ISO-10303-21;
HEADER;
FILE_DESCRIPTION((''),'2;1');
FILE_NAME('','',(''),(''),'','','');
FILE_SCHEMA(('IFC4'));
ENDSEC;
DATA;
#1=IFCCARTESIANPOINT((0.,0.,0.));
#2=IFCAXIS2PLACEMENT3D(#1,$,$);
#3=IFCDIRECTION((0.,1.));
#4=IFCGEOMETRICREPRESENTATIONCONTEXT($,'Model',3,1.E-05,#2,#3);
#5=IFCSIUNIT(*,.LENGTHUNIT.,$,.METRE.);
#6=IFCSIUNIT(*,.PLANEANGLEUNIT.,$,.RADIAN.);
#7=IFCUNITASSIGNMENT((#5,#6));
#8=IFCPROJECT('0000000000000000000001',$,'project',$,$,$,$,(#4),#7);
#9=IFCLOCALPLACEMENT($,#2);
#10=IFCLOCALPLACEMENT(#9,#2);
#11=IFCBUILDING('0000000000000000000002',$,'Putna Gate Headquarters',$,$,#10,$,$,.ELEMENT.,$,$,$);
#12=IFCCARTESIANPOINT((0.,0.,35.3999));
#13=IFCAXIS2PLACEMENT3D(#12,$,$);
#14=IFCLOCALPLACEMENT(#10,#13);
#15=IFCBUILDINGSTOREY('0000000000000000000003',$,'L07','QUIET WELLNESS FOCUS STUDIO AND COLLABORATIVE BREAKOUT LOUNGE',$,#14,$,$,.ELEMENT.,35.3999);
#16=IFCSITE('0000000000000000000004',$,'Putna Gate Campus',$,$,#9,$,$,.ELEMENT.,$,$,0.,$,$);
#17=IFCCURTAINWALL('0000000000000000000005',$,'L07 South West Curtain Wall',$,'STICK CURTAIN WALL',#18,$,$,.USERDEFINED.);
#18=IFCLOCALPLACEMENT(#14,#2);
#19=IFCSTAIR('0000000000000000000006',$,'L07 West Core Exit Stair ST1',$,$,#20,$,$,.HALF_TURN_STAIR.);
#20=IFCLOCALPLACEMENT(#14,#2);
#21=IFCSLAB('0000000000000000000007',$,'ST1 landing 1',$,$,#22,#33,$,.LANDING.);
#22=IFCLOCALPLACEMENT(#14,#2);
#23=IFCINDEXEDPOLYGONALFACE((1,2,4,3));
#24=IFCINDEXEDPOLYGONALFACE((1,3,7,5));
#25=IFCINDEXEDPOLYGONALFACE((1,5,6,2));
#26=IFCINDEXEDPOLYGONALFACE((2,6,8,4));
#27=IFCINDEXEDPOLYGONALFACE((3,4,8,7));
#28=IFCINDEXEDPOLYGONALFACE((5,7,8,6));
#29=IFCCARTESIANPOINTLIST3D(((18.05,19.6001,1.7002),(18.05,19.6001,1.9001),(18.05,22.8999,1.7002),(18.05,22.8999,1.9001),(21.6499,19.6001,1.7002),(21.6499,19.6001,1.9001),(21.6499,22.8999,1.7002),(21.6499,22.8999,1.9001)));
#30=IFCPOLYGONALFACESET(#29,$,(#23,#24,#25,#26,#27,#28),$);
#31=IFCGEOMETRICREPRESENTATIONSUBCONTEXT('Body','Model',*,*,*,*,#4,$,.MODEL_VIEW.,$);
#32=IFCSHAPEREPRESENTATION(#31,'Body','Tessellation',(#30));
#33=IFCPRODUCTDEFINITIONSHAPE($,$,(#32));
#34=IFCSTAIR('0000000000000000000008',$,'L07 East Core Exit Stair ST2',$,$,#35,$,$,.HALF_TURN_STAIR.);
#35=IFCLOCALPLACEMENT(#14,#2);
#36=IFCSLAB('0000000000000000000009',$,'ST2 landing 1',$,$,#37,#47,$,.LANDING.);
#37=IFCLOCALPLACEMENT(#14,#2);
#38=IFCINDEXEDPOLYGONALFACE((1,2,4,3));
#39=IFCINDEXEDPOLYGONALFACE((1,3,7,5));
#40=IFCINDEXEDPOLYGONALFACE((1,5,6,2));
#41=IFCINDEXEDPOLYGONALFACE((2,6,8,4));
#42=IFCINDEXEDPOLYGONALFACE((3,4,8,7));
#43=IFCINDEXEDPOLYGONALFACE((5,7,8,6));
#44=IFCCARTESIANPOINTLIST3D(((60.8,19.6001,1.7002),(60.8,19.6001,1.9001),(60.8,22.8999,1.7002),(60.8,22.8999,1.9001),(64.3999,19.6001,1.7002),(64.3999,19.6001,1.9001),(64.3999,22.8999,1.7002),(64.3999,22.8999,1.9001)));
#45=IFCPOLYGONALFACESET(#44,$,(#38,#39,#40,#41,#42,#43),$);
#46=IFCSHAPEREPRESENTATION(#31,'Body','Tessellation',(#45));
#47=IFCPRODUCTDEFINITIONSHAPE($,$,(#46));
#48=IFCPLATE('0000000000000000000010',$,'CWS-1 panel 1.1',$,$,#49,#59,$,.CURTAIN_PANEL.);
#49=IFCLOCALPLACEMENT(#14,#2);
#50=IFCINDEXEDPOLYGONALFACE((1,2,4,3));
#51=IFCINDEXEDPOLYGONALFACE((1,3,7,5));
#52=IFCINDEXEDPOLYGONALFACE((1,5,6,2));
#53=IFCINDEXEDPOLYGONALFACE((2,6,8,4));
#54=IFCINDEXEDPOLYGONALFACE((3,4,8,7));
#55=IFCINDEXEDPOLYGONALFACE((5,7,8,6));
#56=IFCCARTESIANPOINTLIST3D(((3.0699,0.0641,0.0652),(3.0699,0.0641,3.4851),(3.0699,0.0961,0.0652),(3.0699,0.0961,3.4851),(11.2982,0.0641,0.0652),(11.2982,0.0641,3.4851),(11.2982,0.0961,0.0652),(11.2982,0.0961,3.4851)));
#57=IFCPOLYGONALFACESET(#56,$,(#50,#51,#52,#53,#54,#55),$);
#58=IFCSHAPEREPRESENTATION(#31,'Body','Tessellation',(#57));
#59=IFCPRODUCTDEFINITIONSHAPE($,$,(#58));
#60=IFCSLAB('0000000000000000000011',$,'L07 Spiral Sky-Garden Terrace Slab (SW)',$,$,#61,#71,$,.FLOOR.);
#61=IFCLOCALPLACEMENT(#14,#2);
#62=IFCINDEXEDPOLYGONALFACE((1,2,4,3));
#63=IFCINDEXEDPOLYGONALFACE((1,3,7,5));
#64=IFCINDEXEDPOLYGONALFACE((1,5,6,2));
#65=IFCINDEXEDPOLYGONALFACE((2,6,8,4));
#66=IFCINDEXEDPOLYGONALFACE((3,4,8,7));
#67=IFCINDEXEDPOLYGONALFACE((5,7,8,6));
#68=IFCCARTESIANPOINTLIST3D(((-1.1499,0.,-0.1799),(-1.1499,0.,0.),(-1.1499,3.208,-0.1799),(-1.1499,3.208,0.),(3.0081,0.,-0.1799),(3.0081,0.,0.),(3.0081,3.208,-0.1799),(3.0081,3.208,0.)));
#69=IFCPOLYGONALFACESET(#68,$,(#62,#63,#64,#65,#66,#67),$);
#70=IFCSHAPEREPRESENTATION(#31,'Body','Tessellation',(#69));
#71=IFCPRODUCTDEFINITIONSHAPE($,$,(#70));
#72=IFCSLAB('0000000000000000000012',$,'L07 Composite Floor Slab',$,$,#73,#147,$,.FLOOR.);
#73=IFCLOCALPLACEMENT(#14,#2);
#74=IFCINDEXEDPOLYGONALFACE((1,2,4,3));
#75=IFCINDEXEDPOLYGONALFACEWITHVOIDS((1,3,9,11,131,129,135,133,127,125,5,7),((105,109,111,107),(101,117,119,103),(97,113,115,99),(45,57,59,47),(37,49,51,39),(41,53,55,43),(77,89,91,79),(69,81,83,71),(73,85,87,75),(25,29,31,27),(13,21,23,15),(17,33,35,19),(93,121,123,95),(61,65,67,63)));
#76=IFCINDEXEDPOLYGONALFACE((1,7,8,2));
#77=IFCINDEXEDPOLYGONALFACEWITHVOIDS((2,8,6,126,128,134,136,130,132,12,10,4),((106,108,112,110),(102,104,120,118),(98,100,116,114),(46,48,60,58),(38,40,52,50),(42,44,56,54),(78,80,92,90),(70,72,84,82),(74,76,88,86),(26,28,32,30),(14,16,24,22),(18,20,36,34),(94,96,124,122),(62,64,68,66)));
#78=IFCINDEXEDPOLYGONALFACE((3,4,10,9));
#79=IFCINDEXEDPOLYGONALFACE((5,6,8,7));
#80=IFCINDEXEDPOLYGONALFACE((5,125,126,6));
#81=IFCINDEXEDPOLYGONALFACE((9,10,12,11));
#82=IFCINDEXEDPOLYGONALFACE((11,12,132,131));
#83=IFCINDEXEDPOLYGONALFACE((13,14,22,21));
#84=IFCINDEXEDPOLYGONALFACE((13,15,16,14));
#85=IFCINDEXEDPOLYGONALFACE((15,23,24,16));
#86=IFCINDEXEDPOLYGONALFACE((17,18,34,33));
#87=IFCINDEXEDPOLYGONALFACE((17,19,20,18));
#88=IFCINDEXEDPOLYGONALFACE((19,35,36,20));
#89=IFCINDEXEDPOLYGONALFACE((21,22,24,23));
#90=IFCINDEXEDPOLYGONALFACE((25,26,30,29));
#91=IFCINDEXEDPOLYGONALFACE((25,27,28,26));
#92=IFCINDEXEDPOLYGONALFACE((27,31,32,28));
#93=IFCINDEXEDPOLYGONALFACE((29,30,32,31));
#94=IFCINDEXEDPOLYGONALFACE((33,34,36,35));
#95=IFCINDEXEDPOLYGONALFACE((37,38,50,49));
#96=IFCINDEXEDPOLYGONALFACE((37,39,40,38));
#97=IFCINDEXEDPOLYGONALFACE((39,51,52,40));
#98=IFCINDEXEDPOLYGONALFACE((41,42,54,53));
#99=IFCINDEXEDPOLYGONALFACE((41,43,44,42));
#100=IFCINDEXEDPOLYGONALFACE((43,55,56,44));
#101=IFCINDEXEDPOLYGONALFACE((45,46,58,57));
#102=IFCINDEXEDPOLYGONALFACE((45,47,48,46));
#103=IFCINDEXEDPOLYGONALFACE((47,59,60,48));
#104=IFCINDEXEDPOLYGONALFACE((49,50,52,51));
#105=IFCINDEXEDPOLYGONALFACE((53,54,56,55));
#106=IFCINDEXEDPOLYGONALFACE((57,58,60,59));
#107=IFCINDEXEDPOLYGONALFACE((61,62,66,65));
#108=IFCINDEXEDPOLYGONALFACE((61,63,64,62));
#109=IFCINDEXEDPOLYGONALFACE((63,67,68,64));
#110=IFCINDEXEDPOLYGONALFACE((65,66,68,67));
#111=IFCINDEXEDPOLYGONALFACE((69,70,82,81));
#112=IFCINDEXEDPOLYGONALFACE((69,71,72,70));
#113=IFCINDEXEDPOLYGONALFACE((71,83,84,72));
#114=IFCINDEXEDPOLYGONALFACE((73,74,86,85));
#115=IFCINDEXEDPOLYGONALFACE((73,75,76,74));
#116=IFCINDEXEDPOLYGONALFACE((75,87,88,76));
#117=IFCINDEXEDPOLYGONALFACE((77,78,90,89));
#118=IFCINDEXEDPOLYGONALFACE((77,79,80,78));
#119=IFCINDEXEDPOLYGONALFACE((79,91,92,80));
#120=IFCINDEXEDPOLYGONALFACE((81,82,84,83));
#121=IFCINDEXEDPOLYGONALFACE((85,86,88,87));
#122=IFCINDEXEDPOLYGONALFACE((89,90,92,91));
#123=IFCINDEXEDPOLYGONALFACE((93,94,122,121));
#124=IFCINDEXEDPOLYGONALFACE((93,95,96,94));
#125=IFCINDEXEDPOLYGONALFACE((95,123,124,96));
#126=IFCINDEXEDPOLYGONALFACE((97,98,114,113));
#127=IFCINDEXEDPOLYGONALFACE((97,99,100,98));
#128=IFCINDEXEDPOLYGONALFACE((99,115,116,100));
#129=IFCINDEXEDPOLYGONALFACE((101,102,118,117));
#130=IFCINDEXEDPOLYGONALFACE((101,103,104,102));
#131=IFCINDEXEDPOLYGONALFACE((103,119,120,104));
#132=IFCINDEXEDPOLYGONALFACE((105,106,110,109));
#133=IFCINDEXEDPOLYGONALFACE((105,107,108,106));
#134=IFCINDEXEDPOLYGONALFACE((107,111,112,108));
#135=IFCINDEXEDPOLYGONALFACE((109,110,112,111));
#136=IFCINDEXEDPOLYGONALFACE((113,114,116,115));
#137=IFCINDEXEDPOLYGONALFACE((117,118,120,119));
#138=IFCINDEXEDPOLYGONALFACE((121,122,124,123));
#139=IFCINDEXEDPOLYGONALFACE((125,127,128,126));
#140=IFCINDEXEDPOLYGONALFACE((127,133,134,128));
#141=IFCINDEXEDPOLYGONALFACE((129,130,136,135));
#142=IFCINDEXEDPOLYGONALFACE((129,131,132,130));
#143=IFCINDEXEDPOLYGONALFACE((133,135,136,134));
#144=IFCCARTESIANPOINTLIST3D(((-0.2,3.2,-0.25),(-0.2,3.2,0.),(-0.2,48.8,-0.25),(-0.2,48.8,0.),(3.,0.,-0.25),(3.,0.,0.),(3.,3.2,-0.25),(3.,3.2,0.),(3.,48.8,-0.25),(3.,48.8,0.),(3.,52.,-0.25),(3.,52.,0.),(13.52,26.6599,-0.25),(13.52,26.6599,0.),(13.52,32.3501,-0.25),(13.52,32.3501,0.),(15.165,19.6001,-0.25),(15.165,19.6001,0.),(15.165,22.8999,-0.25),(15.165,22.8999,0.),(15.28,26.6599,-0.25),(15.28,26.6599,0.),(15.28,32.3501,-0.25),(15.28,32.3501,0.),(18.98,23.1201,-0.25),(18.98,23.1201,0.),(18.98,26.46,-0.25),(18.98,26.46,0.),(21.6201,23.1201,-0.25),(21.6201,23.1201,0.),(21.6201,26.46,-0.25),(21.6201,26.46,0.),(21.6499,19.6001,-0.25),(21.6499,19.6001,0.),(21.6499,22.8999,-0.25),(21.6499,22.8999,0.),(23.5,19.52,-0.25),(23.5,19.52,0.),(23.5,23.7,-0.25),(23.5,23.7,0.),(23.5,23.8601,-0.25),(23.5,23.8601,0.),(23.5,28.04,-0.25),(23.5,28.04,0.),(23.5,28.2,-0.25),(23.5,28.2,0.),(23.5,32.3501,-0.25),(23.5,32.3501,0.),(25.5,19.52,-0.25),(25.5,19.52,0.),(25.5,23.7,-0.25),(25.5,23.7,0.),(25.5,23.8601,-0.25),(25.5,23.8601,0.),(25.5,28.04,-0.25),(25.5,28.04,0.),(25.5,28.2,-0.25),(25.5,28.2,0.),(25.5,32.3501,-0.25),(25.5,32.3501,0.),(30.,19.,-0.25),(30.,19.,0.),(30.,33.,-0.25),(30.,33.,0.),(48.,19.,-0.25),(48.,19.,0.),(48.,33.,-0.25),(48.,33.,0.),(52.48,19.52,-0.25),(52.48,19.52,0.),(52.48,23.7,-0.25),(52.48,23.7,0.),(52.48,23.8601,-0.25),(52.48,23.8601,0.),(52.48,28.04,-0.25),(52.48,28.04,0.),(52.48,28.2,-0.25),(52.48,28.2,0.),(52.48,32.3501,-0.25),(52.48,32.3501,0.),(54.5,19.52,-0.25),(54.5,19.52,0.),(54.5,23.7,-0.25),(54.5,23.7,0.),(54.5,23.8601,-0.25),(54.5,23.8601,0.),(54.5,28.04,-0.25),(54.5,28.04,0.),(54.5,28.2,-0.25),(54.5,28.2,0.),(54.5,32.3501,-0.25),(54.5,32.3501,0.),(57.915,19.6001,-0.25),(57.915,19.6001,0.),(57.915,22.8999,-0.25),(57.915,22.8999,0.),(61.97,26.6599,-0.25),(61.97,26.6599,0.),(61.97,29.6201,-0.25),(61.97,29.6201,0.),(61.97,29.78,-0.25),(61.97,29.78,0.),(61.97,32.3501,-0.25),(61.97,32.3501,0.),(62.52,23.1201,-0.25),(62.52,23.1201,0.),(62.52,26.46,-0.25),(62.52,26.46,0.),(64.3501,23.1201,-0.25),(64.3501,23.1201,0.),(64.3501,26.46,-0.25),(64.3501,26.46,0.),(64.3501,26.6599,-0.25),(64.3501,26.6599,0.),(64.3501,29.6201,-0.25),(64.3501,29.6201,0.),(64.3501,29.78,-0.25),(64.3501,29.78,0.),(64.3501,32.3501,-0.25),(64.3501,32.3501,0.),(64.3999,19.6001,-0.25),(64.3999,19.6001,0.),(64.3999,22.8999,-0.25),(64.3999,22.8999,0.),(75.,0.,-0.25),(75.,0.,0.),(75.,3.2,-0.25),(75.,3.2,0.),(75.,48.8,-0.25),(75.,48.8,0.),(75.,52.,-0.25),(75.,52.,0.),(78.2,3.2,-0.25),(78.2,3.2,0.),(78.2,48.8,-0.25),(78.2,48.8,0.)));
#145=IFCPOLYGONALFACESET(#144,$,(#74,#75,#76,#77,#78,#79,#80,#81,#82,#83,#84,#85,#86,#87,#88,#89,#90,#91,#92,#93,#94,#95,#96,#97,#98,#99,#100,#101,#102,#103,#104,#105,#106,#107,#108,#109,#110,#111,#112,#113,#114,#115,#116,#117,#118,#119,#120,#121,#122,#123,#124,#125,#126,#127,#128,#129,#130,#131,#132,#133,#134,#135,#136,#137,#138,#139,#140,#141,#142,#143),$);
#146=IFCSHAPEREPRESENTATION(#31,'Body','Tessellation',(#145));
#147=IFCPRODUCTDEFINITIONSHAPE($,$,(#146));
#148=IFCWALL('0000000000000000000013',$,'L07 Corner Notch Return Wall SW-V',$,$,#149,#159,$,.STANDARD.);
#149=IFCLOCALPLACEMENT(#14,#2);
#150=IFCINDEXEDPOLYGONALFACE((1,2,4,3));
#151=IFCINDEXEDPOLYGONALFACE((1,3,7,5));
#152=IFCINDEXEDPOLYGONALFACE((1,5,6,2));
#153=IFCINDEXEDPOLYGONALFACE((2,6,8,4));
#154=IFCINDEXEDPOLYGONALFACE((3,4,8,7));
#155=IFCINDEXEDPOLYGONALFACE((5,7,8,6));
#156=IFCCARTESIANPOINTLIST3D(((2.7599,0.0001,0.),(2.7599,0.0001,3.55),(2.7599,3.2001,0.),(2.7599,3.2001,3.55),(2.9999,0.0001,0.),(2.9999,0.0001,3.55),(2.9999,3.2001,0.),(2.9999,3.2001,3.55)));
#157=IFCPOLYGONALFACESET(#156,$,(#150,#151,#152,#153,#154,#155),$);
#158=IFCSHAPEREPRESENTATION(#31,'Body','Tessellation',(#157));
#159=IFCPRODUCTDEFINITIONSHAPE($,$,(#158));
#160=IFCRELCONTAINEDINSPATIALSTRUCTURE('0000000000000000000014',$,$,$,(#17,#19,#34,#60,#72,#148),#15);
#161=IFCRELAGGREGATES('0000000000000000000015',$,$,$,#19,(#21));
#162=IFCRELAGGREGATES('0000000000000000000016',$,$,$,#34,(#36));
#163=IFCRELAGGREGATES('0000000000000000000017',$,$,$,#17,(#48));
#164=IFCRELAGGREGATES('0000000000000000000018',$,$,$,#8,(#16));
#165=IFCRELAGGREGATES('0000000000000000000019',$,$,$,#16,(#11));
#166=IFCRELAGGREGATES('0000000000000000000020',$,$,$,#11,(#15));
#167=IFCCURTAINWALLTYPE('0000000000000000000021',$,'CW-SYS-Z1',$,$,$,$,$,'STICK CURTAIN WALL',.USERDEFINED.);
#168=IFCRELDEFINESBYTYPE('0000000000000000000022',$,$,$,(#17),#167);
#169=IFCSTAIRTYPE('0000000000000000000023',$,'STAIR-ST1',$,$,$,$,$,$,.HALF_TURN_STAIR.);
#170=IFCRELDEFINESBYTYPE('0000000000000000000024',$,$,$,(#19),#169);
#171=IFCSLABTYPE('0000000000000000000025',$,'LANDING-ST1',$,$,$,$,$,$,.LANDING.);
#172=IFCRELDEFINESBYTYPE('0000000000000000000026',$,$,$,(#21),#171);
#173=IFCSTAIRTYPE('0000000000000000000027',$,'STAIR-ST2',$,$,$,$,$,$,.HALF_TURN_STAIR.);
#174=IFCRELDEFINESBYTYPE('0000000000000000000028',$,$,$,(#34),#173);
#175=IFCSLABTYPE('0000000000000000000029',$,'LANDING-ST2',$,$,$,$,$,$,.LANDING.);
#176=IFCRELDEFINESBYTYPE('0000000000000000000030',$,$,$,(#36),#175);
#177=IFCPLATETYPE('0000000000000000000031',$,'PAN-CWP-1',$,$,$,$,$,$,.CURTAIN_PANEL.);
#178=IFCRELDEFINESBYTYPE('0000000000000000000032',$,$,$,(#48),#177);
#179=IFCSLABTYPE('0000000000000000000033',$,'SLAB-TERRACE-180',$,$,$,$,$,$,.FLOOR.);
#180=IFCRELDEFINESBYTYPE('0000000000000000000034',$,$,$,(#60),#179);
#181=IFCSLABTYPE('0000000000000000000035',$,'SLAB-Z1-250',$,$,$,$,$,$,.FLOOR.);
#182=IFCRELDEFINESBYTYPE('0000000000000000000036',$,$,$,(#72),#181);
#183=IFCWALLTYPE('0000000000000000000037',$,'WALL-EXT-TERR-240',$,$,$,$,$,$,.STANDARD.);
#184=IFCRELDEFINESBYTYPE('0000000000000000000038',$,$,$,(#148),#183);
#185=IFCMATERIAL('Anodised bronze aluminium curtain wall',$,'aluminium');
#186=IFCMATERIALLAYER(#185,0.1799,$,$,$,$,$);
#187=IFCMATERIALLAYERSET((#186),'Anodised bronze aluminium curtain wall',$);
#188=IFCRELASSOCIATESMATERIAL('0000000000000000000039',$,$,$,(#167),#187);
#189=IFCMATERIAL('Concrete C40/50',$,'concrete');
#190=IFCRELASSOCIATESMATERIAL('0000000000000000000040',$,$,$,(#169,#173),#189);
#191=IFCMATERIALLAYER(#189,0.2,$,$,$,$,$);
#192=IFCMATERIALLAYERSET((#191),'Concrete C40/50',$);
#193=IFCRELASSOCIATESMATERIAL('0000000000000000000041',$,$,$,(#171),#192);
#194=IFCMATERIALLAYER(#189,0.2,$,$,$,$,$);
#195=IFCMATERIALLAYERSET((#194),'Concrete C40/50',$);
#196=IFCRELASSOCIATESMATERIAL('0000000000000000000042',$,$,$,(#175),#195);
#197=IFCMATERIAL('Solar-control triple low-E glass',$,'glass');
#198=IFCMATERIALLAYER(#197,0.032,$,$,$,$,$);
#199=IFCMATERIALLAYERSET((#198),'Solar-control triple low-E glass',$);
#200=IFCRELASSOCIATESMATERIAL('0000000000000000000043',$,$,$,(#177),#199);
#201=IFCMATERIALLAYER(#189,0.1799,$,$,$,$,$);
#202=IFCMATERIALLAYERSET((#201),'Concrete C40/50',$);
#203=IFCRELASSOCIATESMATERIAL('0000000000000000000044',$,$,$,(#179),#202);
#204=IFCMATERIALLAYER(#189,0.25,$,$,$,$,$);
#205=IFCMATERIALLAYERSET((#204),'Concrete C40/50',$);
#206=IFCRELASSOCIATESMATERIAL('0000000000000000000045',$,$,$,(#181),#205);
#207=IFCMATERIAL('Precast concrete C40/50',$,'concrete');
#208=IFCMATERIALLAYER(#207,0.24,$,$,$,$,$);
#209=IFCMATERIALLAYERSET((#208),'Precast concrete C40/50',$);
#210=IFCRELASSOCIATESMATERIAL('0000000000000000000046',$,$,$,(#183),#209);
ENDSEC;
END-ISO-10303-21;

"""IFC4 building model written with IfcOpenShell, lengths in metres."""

from ifc_helpers import new_model, si_unit, direction, frame, frame_2d, origin, origin_2d, place, context, subcontext, project, spatial, polyline, rectangle, outline, extrude, material, layer, layer_set, type_object, element, aggregate, save


model = new_model("IFC4")

# Units and contexts
model_context = context("Model", 3, precision=1e-05, world=origin(), true_north=direction((0.0, 1.0)))
body_context = subcontext(model_context, "Body", "Model", "MODEL_VIEW")
ifc_project = project(units=[si_unit("LENGTHUNIT", "METRE"), si_unit("PLANEANGLEUNIT", "RADIAN")], contexts=[model_context])

# Site, building, storey
site_placement = place(None, origin())
site = spatial("IfcSite", under=ifc_project, at=site_placement, Name="Putna Gate Campus", CompositionType="ELEMENT", RefElevation=0.0)
building_placement = place(site_placement, origin())
building = spatial("IfcBuilding", under=site, at=building_placement, Name="Putna Gate Headquarters", CompositionType="ELEMENT")
storey_placement = place(building_placement, frame((0.0, 0.0, 35.3999)))
storey = spatial("IfcBuildingStorey", under=building, at=storey_placement, Name="L07", Description="QUIET WELLNESS FOCUS STUDIO AND COLLABORATIVE BREAKOUT LOUNGE", CompositionType="ELEMENT", Elevation=35.3999)

# Curtain wall
ifc_material_1 = material(Name="Anodised bronze aluminium curtain wall", Category="aluminium")
ifc_layer_1 = layer(ifc_material_1, 0.1799)
ifc_layer_set_1 = layer_set([ifc_layer_1], Name="Anodised bronze aluminium curtain wall")
curtain_wall_type = type_object("IfcCurtainWallType", Name="CW-SYS-Z1", ElementType="STICK CURTAIN WALL", PredefinedType="USERDEFINED", material=ifc_layer_set_1)
curtain_wall_1_placement = place(storey_placement, origin())
curtain_wall_1 = element("IfcCurtainWall", 1, at=curtain_wall_1_placement, inside=storey, type_object=curtain_wall_type, Name="L07 South West Curtain Wall", ObjectType="STICK CURTAIN WALL", PredefinedType="USERDEFINED")

# Stairs, slabs
ifc_material_2 = material(Name="Concrete C40/50", Category="concrete")
stair_type_1 = type_object("IfcStairType", Name="STAIR-ST1", PredefinedType="HALF_TURN_STAIR", material=ifc_material_2)
stair_1_placement = place(storey_placement, origin())
stair_1 = element("IfcStair", 2, at=stair_1_placement, inside=storey, type_object=stair_type_1, Name="L07 West Core Exit Stair ST1", PredefinedType="HALF_TURN_STAIR")
ifc_layer_2 = layer(ifc_material_2, 0.2)
ifc_layer_set_2 = layer_set([ifc_layer_2], Name="Concrete C40/50")
slab_type_1 = type_object("IfcSlabType", Name="LANDING-ST1", PredefinedType="LANDING", material=ifc_layer_set_2)
slab_1_placement = place(storey_placement, frame((0.0, 0.0, 1.7002)))
slab_1 = element("IfcSlab", 3, at=slab_1_placement, type_object=slab_type_1, Name="ST1 landing 1", PredefinedType="LANDING", context=body_context, shape_type="SweptSolid", body=[
    extrude(outline(polyline([(18.05, 19.6001), (21.6499, 19.6001), (21.6499, 22.8999), (18.05, 22.8999), (18.05, 19.6001)])), origin(), (0.0, 0.0, 1.0), 0.2),
])
aggregate(stair_1, [slab_1])
stair_type_2 = type_object("IfcStairType", Name="STAIR-ST2", PredefinedType="HALF_TURN_STAIR", material=ifc_material_2)
stair_2_placement = place(storey_placement, origin())
stair_2 = element("IfcStair", 4, at=stair_2_placement, inside=storey, type_object=stair_type_2, Name="L07 East Core Exit Stair ST2", PredefinedType="HALF_TURN_STAIR")
ifc_layer_3 = layer(ifc_material_2, 0.2)
ifc_layer_set_3 = layer_set([ifc_layer_3], Name="Concrete C40/50")
slab_type_2 = type_object("IfcSlabType", Name="LANDING-ST2", PredefinedType="LANDING", material=ifc_layer_set_3)
slab_2_placement = place(storey_placement, frame((0.0, 0.0, 1.7002)))
slab_2 = element("IfcSlab", 5, at=slab_2_placement, type_object=slab_type_2, Name="ST2 landing 1", PredefinedType="LANDING", context=body_context, shape_type="SweptSolid", body=[
    extrude(outline(polyline([(60.8, 19.6001), (64.3999, 19.6001), (64.3999, 22.8999), (60.8, 22.8999), (60.8, 19.6001)])), origin(), (0.0, 0.0, 1.0), 0.2),
])
aggregate(stair_2, [slab_2])

# Plate
ifc_material_3 = material(Name="Solar-control triple low-E glass", Category="glass")
ifc_layer_4 = layer(ifc_material_3, 0.032)
ifc_layer_set_4 = layer_set([ifc_layer_4], Name="Solar-control triple low-E glass")
plate_type = type_object("IfcPlateType", Name="PAN-CWP-1", PredefinedType="CURTAIN_PANEL", material=ifc_layer_set_4)
plate_placement = place(storey_placement, frame((7.1841, 0.0801, 0.0652), z_axis=(0.0, 0.0, 1.0), x_axis=(1.0, 0.0, 0.0)))
plate = element("IfcPlate", 6, at=plate_placement, type_object=plate_type, Name="CWS-1 panel 1.1", PredefinedType="CURTAIN_PANEL", context=body_context, shape_type="SweptSolid", body=[
    extrude(rectangle(XDim=8.2283, YDim=0.032, at=origin_2d()), origin(), (0.0, 0.0, 1.0), 3.4199),
])
aggregate(curtain_wall_1, [plate])

# Slabs
ifc_layer_5 = layer(ifc_material_2, 0.1799)
ifc_layer_set_5 = layer_set([ifc_layer_5], Name="Concrete C40/50")
slab_type_3 = type_object("IfcSlabType", Name="SLAB-TERRACE-180", PredefinedType="FLOOR", material=ifc_layer_set_5)
slab_3_placement = place(storey_placement, frame((0.0, 0.0, -0.1799)))
element("IfcSlab", 7, at=slab_3_placement, inside=storey, type_object=slab_type_3, Name="L07 Spiral Sky-Garden Terrace Slab (SW)", PredefinedType="FLOOR", context=body_context, shape_type="SweptSolid", body=[
    extrude(outline(polyline([(-1.1499, 0.0), (3.0081, 0.0), (3.0081, 3.208), (-1.1499, 3.208), (-1.1499, 0.0)])), origin(), (0.0, 0.0, 1.0), 0.1799),
])
ifc_layer_6 = layer(ifc_material_2, 0.25)
ifc_layer_set_6 = layer_set([ifc_layer_6], Name="Concrete C40/50")
slab_type_4 = type_object("IfcSlabType", Name="SLAB-Z1-250", PredefinedType="FLOOR", material=ifc_layer_set_6)
slab_4_placement = place(storey_placement, frame((0.0, 0.0, -0.25)))
element("IfcSlab", 8, at=slab_4_placement, inside=storey, type_object=slab_type_4, Name="L07 Composite Floor Slab", PredefinedType="FLOOR", context=body_context, shape_type="SweptSolid", body=[
    extrude(outline(polyline([(3.0, 0.0), (75.0, 0.0), (75.0, 3.2), (78.2, 3.2), (78.2, 48.8), (75.0, 48.8), (75.0, 52.0), (3.0, 52.0), (3.0, 48.8), (-0.2, 48.8), (-0.2, 3.2), (3.0, 3.2), (3.0, 0.0)]), holes=[polyline([(15.165, 19.6001), (21.6499, 19.6001), (21.6499, 22.8999), (15.165, 22.8999), (15.165, 19.6001)]), polyline([(57.915, 19.6001), (64.3999, 19.6001), (64.3999, 22.8999), (57.915, 22.8999), (57.915, 19.6001)]), polyline([(13.52, 26.6599), (15.28, 26.6599), (15.28, 32.3501), (13.52, 32.3501), (13.52, 26.6599)]), polyline([(61.97, 29.78), (64.3501, 29.78), (64.3501, 32.3501), (61.97, 32.3501), (61.97, 29.78)]), polyline([(18.98, 23.1201), (21.6201, 23.1201), (21.6201, 26.46), (18.98, 26.46), (18.98, 23.1201)]), polyline([(62.52, 23.1201), (64.3501, 23.1201), (64.3501, 26.46), (62.52, 26.46), (62.52, 23.1201)]), polyline([(61.97, 26.6599), (64.3501, 26.6599), (64.3501, 29.6201), (61.97, 29.6201), (61.97, 26.6599)]), polyline([(23.5, 19.52), (25.5, 19.52), (25.5, 23.7), (23.5, 23.7), (23.5, 19.52)]), polyline([(52.48, 19.52), (54.5, 19.52), (54.5, 23.7), (52.48, 23.7), (52.48, 19.52)]), polyline([(23.5, 23.8601), (25.5, 23.8601), (25.5, 28.04), (23.5, 28.04), (23.5, 23.8601)]), polyline([(52.48, 23.8601), (54.5, 23.8601), (54.5, 28.04), (52.48, 28.04), (52.48, 23.8601)]), polyline([(23.5, 28.2), (25.5, 28.2), (25.5, 32.3501), (23.5, 32.3501), (23.5, 28.2)]), polyline([(52.48, 28.2), (54.5, 28.2), (54.5, 32.3501), (52.48, 32.3501), (52.48, 28.2)]), polyline([(30.0, 19.0), (48.0, 19.0), (48.0, 33.0), (30.0, 33.0), (30.0, 19.0)])]), origin(), (0.0, 0.0, 1.0), 0.25),
])

# Wall
ifc_material_4 = material(Name="Precast concrete C40/50", Category="concrete")
ifc_layer_7 = layer(ifc_material_4, 0.24)
ifc_layer_set_7 = layer_set([ifc_layer_7], Name="Precast concrete C40/50")
wall_type = type_object("IfcWallType", Name="WALL-EXT-TERR-240", PredefinedType="STANDARD", material=ifc_layer_set_7)
wall_1_placement = place(storey_placement, frame((2.8799, 0.0, 0.0), z_axis=(0.0, 0.0, 1.0), x_axis=(0.0, 1.0, 0.0)))
element("IfcWall", 9, at=wall_1_placement, inside=storey, type_object=wall_type, Name="L07 Corner Notch Return Wall SW-V", PredefinedType="STANDARD", context=body_context, shape_type="SweptSolid", body=[
    extrude(rectangle(XDim=3.2, YDim=0.24, at=frame_2d((1.6001, 0.0))), origin(), (0.0, 0.0, 1.0), 3.55),
])

save(model, "model.ifc")
